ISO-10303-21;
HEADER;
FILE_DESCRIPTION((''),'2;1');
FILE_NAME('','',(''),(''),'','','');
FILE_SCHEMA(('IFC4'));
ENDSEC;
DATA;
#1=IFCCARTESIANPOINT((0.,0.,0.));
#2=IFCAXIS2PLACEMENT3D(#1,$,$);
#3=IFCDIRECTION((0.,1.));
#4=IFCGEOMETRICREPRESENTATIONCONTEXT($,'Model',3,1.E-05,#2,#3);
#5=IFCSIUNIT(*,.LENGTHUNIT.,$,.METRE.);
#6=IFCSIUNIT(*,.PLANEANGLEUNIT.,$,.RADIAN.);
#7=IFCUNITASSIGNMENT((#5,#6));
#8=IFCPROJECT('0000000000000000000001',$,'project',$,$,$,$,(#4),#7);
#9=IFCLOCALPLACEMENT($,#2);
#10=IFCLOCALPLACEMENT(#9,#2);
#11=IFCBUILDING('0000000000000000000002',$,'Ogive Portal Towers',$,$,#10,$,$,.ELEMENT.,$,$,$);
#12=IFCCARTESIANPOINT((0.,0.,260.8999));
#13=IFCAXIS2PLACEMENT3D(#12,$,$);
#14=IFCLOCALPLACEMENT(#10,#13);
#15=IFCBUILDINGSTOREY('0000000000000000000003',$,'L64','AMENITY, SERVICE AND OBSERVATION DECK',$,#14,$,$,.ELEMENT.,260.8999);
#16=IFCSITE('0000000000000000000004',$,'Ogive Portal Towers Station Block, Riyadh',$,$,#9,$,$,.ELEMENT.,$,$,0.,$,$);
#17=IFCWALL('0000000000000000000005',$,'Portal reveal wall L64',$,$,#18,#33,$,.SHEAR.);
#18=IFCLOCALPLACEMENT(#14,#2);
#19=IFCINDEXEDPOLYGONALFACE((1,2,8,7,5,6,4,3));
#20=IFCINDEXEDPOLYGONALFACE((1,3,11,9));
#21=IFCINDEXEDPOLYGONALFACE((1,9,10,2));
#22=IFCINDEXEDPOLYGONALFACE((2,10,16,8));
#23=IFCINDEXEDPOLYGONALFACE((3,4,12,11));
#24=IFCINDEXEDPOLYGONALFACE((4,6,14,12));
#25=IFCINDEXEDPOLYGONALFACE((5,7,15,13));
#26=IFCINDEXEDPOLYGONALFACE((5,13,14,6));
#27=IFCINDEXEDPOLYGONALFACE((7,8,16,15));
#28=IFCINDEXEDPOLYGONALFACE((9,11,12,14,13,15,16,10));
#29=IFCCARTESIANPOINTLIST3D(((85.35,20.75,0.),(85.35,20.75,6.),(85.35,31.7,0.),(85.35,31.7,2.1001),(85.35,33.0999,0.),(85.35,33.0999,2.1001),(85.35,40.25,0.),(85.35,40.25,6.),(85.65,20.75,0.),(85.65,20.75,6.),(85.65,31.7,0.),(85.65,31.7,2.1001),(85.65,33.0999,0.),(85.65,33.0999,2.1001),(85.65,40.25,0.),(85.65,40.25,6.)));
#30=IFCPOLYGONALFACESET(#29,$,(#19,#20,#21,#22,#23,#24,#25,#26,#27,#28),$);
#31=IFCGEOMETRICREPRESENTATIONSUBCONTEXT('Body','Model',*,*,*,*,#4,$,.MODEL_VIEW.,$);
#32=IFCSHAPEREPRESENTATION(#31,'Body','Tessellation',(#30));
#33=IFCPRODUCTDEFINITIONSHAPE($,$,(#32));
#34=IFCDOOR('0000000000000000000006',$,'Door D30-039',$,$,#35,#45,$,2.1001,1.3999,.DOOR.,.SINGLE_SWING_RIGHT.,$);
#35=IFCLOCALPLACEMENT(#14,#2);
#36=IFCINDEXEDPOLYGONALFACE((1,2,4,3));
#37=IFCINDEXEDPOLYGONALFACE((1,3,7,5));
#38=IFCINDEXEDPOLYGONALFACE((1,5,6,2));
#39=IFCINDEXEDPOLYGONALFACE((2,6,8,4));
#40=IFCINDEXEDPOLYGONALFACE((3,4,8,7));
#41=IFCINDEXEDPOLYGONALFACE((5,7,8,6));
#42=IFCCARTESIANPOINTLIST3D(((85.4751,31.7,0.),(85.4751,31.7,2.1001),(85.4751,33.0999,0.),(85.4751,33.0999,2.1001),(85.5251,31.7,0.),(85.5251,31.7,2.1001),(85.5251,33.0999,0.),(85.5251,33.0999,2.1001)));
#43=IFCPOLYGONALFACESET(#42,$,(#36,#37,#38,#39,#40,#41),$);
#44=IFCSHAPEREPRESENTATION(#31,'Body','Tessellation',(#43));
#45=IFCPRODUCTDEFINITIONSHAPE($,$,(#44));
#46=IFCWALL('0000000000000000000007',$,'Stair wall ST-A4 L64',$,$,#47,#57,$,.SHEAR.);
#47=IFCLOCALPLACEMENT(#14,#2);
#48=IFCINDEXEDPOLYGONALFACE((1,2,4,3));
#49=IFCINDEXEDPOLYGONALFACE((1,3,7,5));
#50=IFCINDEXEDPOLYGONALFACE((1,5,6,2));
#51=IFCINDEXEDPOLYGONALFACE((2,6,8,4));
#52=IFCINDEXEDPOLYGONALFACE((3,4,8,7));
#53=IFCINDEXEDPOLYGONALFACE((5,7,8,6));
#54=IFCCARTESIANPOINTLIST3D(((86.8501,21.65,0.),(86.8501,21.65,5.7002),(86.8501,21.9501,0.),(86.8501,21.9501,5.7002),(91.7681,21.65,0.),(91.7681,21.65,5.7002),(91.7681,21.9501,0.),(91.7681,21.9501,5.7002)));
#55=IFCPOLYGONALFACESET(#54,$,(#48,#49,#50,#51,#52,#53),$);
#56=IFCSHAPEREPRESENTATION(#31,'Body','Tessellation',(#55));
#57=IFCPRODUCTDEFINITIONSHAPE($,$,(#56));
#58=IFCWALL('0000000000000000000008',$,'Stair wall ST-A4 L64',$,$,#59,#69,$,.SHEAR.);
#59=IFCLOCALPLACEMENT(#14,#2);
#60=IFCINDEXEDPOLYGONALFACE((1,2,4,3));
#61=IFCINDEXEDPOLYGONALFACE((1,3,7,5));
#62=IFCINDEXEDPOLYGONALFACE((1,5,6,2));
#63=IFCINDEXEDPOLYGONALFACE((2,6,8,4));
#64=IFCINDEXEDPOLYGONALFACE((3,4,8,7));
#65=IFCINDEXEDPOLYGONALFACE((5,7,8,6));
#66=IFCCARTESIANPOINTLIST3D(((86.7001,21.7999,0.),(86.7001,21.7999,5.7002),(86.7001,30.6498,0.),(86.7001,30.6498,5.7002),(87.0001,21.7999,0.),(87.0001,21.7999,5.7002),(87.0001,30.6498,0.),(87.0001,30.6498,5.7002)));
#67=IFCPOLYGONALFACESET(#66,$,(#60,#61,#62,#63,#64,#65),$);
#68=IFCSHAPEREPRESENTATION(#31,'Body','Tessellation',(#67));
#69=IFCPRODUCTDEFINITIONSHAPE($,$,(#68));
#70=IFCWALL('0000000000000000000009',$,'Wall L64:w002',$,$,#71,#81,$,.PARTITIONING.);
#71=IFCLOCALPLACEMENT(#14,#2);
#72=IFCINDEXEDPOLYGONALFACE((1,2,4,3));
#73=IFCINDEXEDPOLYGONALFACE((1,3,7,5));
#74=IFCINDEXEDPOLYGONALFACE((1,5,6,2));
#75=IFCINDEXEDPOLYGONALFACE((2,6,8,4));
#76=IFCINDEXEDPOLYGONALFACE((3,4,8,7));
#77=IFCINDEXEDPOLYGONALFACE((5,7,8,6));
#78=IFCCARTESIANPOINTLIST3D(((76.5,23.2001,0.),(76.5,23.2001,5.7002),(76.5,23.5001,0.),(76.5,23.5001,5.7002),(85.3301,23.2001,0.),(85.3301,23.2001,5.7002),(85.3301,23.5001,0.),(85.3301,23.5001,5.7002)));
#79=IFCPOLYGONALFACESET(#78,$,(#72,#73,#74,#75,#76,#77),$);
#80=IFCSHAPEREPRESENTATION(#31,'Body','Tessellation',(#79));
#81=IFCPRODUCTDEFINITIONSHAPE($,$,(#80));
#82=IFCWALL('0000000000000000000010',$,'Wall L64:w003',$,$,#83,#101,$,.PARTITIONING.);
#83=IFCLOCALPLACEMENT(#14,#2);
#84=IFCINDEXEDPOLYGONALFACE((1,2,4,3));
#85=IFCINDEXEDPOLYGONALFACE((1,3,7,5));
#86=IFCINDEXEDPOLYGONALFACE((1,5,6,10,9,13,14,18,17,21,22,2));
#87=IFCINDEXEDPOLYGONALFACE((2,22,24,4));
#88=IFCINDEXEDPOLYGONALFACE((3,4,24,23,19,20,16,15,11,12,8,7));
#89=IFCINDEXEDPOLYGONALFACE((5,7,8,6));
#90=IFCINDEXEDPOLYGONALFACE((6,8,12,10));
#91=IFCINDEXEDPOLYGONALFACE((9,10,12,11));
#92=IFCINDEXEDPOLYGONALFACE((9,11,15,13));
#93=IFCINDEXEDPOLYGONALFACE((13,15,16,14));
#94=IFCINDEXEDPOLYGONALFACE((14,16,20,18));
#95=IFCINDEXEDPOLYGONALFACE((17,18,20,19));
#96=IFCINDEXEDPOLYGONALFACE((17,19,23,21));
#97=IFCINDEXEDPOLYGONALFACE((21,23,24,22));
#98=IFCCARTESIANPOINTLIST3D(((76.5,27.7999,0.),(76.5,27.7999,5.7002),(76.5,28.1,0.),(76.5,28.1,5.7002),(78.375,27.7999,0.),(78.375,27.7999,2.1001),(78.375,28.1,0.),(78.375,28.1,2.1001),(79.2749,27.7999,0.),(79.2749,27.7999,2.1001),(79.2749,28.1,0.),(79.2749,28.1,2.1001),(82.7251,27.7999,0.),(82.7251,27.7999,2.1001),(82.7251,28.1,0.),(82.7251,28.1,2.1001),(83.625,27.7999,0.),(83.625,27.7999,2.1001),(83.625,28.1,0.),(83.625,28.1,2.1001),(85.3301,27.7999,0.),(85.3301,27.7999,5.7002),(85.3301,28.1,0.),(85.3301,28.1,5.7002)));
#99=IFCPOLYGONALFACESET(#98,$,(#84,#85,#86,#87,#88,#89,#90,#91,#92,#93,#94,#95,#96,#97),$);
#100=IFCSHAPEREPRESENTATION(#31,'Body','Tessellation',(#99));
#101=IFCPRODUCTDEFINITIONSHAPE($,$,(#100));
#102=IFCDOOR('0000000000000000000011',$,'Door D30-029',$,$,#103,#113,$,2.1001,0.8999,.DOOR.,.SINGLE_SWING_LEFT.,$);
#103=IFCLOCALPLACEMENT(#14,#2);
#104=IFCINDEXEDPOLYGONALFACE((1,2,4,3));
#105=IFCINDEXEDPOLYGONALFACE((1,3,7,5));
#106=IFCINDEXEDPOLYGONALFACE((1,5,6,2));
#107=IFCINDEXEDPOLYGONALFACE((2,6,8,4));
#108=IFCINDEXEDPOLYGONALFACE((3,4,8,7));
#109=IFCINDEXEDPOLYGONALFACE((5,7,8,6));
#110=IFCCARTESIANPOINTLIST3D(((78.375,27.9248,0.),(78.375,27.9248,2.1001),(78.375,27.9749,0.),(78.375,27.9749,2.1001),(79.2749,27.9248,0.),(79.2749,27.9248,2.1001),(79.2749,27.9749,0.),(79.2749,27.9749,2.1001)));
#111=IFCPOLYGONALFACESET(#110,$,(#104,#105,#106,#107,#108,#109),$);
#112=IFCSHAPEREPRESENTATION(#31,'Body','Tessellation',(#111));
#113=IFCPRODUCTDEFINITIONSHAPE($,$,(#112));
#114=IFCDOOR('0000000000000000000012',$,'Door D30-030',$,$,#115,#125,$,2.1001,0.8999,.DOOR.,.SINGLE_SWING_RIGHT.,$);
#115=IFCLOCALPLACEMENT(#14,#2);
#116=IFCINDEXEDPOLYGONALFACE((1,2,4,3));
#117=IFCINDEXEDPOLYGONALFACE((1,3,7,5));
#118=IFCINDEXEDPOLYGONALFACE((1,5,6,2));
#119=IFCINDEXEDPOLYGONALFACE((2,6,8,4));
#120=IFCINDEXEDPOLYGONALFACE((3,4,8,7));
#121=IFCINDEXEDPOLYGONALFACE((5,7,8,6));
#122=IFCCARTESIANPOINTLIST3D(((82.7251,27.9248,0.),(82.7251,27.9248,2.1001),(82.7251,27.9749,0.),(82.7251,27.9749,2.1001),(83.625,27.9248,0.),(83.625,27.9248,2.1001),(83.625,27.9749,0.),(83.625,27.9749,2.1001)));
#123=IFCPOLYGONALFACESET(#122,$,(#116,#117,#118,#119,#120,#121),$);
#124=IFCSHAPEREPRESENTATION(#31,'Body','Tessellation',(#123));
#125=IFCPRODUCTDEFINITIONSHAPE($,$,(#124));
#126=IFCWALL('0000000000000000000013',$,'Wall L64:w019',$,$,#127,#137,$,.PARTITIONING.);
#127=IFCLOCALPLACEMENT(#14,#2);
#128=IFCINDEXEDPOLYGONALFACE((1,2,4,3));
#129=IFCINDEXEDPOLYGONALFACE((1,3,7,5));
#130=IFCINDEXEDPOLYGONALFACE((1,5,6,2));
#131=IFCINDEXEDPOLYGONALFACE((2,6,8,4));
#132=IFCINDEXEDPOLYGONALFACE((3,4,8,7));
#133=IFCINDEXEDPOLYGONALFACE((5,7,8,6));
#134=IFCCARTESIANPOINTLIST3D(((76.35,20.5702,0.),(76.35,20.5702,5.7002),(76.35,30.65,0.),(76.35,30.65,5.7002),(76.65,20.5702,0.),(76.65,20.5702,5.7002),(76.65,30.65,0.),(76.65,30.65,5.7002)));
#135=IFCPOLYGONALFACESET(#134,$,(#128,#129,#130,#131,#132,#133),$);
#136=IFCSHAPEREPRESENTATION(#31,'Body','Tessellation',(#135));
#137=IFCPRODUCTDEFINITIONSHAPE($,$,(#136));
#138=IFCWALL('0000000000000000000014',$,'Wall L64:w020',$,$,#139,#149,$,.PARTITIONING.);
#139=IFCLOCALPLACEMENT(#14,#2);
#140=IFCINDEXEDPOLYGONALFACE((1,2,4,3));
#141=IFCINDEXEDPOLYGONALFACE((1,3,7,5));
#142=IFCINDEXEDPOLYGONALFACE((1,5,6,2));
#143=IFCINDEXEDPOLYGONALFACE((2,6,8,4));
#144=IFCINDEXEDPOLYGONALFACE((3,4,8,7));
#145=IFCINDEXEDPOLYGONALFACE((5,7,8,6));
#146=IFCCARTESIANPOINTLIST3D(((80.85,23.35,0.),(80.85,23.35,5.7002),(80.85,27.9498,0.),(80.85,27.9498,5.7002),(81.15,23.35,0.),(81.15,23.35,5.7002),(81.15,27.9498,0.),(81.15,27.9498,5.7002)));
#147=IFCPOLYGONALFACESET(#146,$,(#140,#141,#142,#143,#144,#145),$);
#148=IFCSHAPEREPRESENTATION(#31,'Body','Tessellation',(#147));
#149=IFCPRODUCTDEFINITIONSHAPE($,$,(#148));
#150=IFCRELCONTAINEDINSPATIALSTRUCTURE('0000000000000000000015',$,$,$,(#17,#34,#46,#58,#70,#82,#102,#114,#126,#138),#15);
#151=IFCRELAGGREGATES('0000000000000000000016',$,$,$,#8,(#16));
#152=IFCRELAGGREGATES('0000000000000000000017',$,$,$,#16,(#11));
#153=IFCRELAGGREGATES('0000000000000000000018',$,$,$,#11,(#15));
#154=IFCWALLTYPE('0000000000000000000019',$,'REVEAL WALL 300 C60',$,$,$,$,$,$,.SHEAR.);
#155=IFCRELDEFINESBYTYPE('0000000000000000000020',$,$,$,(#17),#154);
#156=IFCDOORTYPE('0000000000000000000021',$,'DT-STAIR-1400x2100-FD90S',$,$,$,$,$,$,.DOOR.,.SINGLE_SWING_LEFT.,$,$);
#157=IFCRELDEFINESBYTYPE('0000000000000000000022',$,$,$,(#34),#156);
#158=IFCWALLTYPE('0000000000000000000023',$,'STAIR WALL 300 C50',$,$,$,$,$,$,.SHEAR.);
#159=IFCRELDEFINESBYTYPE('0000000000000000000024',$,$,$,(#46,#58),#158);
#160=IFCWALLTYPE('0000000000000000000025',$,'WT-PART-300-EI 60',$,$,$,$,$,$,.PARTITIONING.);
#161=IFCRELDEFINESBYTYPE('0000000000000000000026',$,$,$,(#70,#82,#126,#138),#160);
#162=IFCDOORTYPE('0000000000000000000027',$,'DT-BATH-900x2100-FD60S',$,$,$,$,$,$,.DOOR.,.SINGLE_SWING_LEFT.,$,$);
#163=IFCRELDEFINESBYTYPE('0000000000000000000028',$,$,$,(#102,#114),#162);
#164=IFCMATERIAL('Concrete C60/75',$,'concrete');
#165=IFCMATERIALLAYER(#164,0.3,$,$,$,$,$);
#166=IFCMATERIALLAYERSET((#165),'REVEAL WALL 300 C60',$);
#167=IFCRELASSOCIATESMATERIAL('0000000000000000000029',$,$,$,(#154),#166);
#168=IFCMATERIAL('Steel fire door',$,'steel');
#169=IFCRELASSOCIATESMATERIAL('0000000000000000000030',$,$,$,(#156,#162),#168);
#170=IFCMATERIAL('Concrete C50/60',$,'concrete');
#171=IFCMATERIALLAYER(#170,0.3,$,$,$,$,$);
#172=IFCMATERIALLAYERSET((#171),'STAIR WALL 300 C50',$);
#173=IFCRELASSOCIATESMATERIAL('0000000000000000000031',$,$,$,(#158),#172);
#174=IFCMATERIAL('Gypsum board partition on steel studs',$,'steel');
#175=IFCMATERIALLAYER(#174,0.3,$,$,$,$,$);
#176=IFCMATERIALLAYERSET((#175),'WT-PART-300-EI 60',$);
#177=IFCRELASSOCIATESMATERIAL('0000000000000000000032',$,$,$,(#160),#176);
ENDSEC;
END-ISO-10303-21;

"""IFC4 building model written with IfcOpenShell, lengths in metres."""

from ifc_helpers import new_model, si_unit, direction, frame, frame_2d, origin, place, context, subcontext, project, spatial, rectangle, extrude, material, layer, layer_set, type_object, element, fill, save


model = new_model("IFC4")

# Units and contexts
model_context = context("Model", 3, precision=1e-05, world=origin(), true_north=direction((0.0, 1.0)))
body_context = subcontext(model_context, "Body", "Model", "MODEL_VIEW")
ifc_project = project(units=[si_unit("LENGTHUNIT", "METRE"), si_unit("PLANEANGLEUNIT", "RADIAN")], contexts=[model_context])

# Site, building, storey
site_placement = place(None, origin())
site = spatial("IfcSite", under=ifc_project, at=site_placement, Name="Ogive Portal Towers Station Block, Riyadh", CompositionType="ELEMENT", RefElevation=0.0)
building_placement = place(site_placement, origin())
building = spatial("IfcBuilding", under=site, at=building_placement, Name="Ogive Portal Towers", CompositionType="ELEMENT")
storey_placement = place(building_placement, frame((0.0, 0.0, 260.8999)))
storey = spatial("IfcBuildingStorey", under=building, at=storey_placement, Name="L64", Description="AMENITY, SERVICE AND OBSERVATION DECK", CompositionType="ELEMENT", Elevation=260.8999)

# Shared definitions
ifc_material_1 = material(Name="Concrete C60/75", Category="concrete")

# Wall, opening, door
ifc_layer_1 = layer(ifc_material_1, 0.3)
ifc_layer_set_1 = layer_set([ifc_layer_1], Name="REVEAL WALL 300 C60")
wall_type_1 = type_object("IfcWallType", Name="REVEAL WALL 300 C60", PredefinedType="SHEAR", material=ifc_layer_set_1)
wall_1_placement = place(storey_placement, frame((85.5, 20.75, 0.0), z_axis=(0.0, 0.0, 1.0), x_axis=(0.0, 1.0, 0.0)))
wall_1 = element("IfcWall", 1, at=wall_1_placement, inside=storey, type_object=wall_type_1, Name="Portal reveal wall L64", PredefinedType="SHEAR", context=body_context, shape_type="SweptSolid", body=[
    extrude(rectangle(XDim=19.5, YDim=0.3, at=frame_2d((9.75, 0.0))), origin(), (0.0, 0.0, 1.0), 6.0),
])
opening_1_placement = place(wall_1_placement, frame((10.95, 0.0, 0.0)))
opening_1 = element("IfcOpeningElement", 2, at=opening_1_placement, cuts=wall_1, PredefinedType="OPENING", context=body_context, shape_type="SweptSolid", body=[
    extrude(rectangle(XDim=1.3999, YDim=2.1001, at=frame_2d((0.7, 1.05))), frame((0.0, 0.1602, 0.0), z_axis=(0.0, -1.0, 0.0), x_axis=(1.0, 0.0, 0.0)), (0.0, 0.0, 1.0), 0.3201),
])
ifc_material_2 = material(Name="Steel fire door", Category="steel")
door_type_1 = type_object("IfcDoorType", Name="DT-STAIR-1400x2100-FD90S", OperationType="SINGLE_SWING_LEFT", PredefinedType="DOOR", material=ifc_material_2)
door_1_placement = place(opening_1_placement, origin())
door_1 = element("IfcDoor", 3, at=door_1_placement, inside=storey, type_object=door_type_1, Name="Door D30-039", OperationType="SINGLE_SWING_RIGHT", OverallHeight=2.1001, OverallWidth=1.3999, PredefinedType="DOOR", context=body_context, shape_type="SweptSolid", body=[
    extrude(rectangle(XDim=1.3999, YDim=2.1001, at=frame_2d((0.7, 1.05))), frame((0.0, 0.0249, 0.0), z_axis=(0.0, -1.0, 0.0), x_axis=(1.0, 0.0, 0.0)), (0.0, 0.0, 1.0), 0.05),
])
fill(opening_1, door_1)

# Walls
ifc_material_3 = material(Name="Concrete C50/60", Category="concrete")
ifc_layer_2 = layer(ifc_material_3, 0.3)
ifc_layer_set_2 = layer_set([ifc_layer_2], Name="STAIR WALL 300 C50")
wall_type_2 = type_object("IfcWallType", Name="STAIR WALL 300 C50", PredefinedType="SHEAR", material=ifc_layer_set_2)
wall_2_placement = place(storey_placement, frame((86.8501, 21.8, 0.0), z_axis=(0.0, 0.0, 1.0), x_axis=(1.0, 0.0, 0.0)))
element("IfcWall", 4, at=wall_2_placement, inside=storey, type_object=wall_type_2, Name="Stair wall ST-A4 L64", PredefinedType="SHEAR", context=body_context, shape_type="SweptSolid", body=[
    extrude(rectangle(XDim=4.918, YDim=0.3, at=frame_2d((2.459, 0.0))), origin(), (0.0, 0.0, 1.0), 5.7002),
])
wall_3_placement = place(storey_placement, frame((86.8501, 21.8, 0.0), z_axis=(0.0, 0.0, 1.0), x_axis=(0.0, 1.0, 0.0)))
element("IfcWall", 5, at=wall_3_placement, inside=storey, type_object=wall_type_2, Name="Stair wall ST-A4 L64", PredefinedType="SHEAR", context=body_context, shape_type="SweptSolid", body=[
    extrude(rectangle(XDim=8.8499, YDim=0.3, at=frame_2d((4.4248, 0.0))), origin(), (0.0, 0.0, 1.0), 5.7002),
])
ifc_material_4 = material(Name="Gypsum board partition on steel studs", Category="steel")
ifc_layer_3 = layer(ifc_material_4, 0.3)
ifc_layer_set_3 = layer_set([ifc_layer_3], Name="WT-PART-300-EI 60")
wall_type_3 = type_object("IfcWallType", Name="WT-PART-300-EI 60", PredefinedType="PARTITIONING", material=ifc_layer_set_3)
wall_4_placement = place(storey_placement, frame((76.5, 23.3501, 0.0), z_axis=(0.0, 0.0, 1.0), x_axis=(1.0, 0.0, 0.0)))
element("IfcWall", 6, at=wall_4_placement, inside=storey, type_object=wall_type_3, Name="Wall L64:w002", PredefinedType="PARTITIONING", context=body_context, shape_type="SweptSolid", body=[
    extrude(rectangle(XDim=8.8301, YDim=0.3, at=frame_2d((4.415, 0.0))), origin(), (0.0, 0.0, 1.0), 5.7002),
])

# Wall, openings, doors
wall_5_placement = place(storey_placement, frame((76.5, 27.95, 0.0), z_axis=(0.0, 0.0, 1.0), x_axis=(1.0, 0.0, 0.0)))
wall_5 = element("IfcWall", 7, at=wall_5_placement, inside=storey, type_object=wall_type_3, Name="Wall L64:w003", PredefinedType="PARTITIONING", context=body_context, shape_type="SweptSolid", body=[
    extrude(rectangle(XDim=8.8301, YDim=0.3, at=frame_2d((4.415, 0.0))), origin(), (0.0, 0.0, 1.0), 5.7002),
])
opening_2_placement = place(wall_5_placement, frame((1.875, 0.0, 0.0)))
opening_2 = element("IfcOpeningElement", 8, at=opening_2_placement, cuts=wall_5, PredefinedType="OPENING", context=body_context, shape_type="SweptSolid", body=[
    extrude(rectangle(XDim=0.8999, YDim=2.1001, at=frame_2d((0.45, 1.05))), frame((0.0, 0.1602, 0.0), z_axis=(0.0, -1.0, 0.0), x_axis=(1.0, 0.0, 0.0)), (0.0, 0.0, 1.0), 0.3201),
])
opening_3_placement = place(wall_5_placement, frame((6.2251, 0.0, 0.0)))
opening_3 = element("IfcOpeningElement", 9, at=opening_3_placement, cuts=wall_5, PredefinedType="OPENING", context=body_context, shape_type="SweptSolid", body=[
    extrude(rectangle(XDim=0.8999, YDim=2.1001, at=frame_2d((0.45, 1.05))), frame((0.0, 0.1602, 0.0), z_axis=(0.0, -1.0, 0.0), x_axis=(1.0, 0.0, 0.0)), (0.0, 0.0, 1.0), 0.3201),
])
door_type_2 = type_object("IfcDoorType", Name="DT-BATH-900x2100-FD60S", OperationType="SINGLE_SWING_LEFT", PredefinedType="DOOR", material=ifc_material_2)
door_2_placement = place(opening_2_placement, origin())
door_2 = element("IfcDoor", 10, at=door_2_placement, inside=storey, type_object=door_type_2, Name="Door D30-029", OperationType="SINGLE_SWING_LEFT", OverallHeight=2.1001, OverallWidth=0.8999, PredefinedType="DOOR", context=body_context, shape_type="SweptSolid", body=[
    extrude(rectangle(XDim=0.8999, YDim=2.1001, at=frame_2d((0.45, 1.05))), frame((0.0, 0.0249, 0.0), z_axis=(0.0, -1.0, 0.0), x_axis=(1.0, 0.0, 0.0)), (0.0, 0.0, 1.0), 0.05),
])
fill(opening_2, door_2)
door_3_placement = place(opening_3_placement, origin())
door_3 = element("IfcDoor", 11, at=door_3_placement, inside=storey, type_object=door_type_2, Name="Door D30-030", OperationType="SINGLE_SWING_RIGHT", OverallHeight=2.1001, OverallWidth=0.8999, PredefinedType="DOOR", context=body_context, shape_type="SweptSolid", body=[
    extrude(rectangle(XDim=0.8999, YDim=2.1001, at=frame_2d((0.45, 1.05))), frame((0.0, 0.0249, 0.0), z_axis=(0.0, -1.0, 0.0), x_axis=(1.0, 0.0, 0.0)), (0.0, 0.0, 1.0), 0.05),
])
fill(opening_3, door_3)

# Walls
wall_6_placement = place(storey_placement, frame((76.5, 20.5701, 0.0), z_axis=(0.0, 0.0, 1.0), x_axis=(0.0, 1.0, 0.0)))
element("IfcWall", 12, at=wall_6_placement, inside=storey, type_object=wall_type_3, Name="Wall L64:w019", PredefinedType="PARTITIONING", context=body_context, shape_type="SweptSolid", body=[
    extrude(rectangle(XDim=10.0798, YDim=0.3, at=frame_2d((5.04, 0.0))), origin(), (0.0, 0.0, 1.0), 5.7002),
])
wall_7_placement = place(storey_placement, frame((81.0, 23.3501, 0.0), z_axis=(0.0, 0.0, 1.0), x_axis=(0.0, 1.0, 0.0)))
element("IfcWall", 13, at=wall_7_placement, inside=storey, type_object=wall_type_3, Name="Wall L64:w020", PredefinedType="PARTITIONING", context=body_context, shape_type="SweptSolid", body=[
    extrude(rectangle(XDim=4.5999, YDim=0.3, at=frame_2d((2.2998, 0.0))), origin(), (0.0, 0.0, 1.0), 5.7002),
])

save(model, "model.ifc")
